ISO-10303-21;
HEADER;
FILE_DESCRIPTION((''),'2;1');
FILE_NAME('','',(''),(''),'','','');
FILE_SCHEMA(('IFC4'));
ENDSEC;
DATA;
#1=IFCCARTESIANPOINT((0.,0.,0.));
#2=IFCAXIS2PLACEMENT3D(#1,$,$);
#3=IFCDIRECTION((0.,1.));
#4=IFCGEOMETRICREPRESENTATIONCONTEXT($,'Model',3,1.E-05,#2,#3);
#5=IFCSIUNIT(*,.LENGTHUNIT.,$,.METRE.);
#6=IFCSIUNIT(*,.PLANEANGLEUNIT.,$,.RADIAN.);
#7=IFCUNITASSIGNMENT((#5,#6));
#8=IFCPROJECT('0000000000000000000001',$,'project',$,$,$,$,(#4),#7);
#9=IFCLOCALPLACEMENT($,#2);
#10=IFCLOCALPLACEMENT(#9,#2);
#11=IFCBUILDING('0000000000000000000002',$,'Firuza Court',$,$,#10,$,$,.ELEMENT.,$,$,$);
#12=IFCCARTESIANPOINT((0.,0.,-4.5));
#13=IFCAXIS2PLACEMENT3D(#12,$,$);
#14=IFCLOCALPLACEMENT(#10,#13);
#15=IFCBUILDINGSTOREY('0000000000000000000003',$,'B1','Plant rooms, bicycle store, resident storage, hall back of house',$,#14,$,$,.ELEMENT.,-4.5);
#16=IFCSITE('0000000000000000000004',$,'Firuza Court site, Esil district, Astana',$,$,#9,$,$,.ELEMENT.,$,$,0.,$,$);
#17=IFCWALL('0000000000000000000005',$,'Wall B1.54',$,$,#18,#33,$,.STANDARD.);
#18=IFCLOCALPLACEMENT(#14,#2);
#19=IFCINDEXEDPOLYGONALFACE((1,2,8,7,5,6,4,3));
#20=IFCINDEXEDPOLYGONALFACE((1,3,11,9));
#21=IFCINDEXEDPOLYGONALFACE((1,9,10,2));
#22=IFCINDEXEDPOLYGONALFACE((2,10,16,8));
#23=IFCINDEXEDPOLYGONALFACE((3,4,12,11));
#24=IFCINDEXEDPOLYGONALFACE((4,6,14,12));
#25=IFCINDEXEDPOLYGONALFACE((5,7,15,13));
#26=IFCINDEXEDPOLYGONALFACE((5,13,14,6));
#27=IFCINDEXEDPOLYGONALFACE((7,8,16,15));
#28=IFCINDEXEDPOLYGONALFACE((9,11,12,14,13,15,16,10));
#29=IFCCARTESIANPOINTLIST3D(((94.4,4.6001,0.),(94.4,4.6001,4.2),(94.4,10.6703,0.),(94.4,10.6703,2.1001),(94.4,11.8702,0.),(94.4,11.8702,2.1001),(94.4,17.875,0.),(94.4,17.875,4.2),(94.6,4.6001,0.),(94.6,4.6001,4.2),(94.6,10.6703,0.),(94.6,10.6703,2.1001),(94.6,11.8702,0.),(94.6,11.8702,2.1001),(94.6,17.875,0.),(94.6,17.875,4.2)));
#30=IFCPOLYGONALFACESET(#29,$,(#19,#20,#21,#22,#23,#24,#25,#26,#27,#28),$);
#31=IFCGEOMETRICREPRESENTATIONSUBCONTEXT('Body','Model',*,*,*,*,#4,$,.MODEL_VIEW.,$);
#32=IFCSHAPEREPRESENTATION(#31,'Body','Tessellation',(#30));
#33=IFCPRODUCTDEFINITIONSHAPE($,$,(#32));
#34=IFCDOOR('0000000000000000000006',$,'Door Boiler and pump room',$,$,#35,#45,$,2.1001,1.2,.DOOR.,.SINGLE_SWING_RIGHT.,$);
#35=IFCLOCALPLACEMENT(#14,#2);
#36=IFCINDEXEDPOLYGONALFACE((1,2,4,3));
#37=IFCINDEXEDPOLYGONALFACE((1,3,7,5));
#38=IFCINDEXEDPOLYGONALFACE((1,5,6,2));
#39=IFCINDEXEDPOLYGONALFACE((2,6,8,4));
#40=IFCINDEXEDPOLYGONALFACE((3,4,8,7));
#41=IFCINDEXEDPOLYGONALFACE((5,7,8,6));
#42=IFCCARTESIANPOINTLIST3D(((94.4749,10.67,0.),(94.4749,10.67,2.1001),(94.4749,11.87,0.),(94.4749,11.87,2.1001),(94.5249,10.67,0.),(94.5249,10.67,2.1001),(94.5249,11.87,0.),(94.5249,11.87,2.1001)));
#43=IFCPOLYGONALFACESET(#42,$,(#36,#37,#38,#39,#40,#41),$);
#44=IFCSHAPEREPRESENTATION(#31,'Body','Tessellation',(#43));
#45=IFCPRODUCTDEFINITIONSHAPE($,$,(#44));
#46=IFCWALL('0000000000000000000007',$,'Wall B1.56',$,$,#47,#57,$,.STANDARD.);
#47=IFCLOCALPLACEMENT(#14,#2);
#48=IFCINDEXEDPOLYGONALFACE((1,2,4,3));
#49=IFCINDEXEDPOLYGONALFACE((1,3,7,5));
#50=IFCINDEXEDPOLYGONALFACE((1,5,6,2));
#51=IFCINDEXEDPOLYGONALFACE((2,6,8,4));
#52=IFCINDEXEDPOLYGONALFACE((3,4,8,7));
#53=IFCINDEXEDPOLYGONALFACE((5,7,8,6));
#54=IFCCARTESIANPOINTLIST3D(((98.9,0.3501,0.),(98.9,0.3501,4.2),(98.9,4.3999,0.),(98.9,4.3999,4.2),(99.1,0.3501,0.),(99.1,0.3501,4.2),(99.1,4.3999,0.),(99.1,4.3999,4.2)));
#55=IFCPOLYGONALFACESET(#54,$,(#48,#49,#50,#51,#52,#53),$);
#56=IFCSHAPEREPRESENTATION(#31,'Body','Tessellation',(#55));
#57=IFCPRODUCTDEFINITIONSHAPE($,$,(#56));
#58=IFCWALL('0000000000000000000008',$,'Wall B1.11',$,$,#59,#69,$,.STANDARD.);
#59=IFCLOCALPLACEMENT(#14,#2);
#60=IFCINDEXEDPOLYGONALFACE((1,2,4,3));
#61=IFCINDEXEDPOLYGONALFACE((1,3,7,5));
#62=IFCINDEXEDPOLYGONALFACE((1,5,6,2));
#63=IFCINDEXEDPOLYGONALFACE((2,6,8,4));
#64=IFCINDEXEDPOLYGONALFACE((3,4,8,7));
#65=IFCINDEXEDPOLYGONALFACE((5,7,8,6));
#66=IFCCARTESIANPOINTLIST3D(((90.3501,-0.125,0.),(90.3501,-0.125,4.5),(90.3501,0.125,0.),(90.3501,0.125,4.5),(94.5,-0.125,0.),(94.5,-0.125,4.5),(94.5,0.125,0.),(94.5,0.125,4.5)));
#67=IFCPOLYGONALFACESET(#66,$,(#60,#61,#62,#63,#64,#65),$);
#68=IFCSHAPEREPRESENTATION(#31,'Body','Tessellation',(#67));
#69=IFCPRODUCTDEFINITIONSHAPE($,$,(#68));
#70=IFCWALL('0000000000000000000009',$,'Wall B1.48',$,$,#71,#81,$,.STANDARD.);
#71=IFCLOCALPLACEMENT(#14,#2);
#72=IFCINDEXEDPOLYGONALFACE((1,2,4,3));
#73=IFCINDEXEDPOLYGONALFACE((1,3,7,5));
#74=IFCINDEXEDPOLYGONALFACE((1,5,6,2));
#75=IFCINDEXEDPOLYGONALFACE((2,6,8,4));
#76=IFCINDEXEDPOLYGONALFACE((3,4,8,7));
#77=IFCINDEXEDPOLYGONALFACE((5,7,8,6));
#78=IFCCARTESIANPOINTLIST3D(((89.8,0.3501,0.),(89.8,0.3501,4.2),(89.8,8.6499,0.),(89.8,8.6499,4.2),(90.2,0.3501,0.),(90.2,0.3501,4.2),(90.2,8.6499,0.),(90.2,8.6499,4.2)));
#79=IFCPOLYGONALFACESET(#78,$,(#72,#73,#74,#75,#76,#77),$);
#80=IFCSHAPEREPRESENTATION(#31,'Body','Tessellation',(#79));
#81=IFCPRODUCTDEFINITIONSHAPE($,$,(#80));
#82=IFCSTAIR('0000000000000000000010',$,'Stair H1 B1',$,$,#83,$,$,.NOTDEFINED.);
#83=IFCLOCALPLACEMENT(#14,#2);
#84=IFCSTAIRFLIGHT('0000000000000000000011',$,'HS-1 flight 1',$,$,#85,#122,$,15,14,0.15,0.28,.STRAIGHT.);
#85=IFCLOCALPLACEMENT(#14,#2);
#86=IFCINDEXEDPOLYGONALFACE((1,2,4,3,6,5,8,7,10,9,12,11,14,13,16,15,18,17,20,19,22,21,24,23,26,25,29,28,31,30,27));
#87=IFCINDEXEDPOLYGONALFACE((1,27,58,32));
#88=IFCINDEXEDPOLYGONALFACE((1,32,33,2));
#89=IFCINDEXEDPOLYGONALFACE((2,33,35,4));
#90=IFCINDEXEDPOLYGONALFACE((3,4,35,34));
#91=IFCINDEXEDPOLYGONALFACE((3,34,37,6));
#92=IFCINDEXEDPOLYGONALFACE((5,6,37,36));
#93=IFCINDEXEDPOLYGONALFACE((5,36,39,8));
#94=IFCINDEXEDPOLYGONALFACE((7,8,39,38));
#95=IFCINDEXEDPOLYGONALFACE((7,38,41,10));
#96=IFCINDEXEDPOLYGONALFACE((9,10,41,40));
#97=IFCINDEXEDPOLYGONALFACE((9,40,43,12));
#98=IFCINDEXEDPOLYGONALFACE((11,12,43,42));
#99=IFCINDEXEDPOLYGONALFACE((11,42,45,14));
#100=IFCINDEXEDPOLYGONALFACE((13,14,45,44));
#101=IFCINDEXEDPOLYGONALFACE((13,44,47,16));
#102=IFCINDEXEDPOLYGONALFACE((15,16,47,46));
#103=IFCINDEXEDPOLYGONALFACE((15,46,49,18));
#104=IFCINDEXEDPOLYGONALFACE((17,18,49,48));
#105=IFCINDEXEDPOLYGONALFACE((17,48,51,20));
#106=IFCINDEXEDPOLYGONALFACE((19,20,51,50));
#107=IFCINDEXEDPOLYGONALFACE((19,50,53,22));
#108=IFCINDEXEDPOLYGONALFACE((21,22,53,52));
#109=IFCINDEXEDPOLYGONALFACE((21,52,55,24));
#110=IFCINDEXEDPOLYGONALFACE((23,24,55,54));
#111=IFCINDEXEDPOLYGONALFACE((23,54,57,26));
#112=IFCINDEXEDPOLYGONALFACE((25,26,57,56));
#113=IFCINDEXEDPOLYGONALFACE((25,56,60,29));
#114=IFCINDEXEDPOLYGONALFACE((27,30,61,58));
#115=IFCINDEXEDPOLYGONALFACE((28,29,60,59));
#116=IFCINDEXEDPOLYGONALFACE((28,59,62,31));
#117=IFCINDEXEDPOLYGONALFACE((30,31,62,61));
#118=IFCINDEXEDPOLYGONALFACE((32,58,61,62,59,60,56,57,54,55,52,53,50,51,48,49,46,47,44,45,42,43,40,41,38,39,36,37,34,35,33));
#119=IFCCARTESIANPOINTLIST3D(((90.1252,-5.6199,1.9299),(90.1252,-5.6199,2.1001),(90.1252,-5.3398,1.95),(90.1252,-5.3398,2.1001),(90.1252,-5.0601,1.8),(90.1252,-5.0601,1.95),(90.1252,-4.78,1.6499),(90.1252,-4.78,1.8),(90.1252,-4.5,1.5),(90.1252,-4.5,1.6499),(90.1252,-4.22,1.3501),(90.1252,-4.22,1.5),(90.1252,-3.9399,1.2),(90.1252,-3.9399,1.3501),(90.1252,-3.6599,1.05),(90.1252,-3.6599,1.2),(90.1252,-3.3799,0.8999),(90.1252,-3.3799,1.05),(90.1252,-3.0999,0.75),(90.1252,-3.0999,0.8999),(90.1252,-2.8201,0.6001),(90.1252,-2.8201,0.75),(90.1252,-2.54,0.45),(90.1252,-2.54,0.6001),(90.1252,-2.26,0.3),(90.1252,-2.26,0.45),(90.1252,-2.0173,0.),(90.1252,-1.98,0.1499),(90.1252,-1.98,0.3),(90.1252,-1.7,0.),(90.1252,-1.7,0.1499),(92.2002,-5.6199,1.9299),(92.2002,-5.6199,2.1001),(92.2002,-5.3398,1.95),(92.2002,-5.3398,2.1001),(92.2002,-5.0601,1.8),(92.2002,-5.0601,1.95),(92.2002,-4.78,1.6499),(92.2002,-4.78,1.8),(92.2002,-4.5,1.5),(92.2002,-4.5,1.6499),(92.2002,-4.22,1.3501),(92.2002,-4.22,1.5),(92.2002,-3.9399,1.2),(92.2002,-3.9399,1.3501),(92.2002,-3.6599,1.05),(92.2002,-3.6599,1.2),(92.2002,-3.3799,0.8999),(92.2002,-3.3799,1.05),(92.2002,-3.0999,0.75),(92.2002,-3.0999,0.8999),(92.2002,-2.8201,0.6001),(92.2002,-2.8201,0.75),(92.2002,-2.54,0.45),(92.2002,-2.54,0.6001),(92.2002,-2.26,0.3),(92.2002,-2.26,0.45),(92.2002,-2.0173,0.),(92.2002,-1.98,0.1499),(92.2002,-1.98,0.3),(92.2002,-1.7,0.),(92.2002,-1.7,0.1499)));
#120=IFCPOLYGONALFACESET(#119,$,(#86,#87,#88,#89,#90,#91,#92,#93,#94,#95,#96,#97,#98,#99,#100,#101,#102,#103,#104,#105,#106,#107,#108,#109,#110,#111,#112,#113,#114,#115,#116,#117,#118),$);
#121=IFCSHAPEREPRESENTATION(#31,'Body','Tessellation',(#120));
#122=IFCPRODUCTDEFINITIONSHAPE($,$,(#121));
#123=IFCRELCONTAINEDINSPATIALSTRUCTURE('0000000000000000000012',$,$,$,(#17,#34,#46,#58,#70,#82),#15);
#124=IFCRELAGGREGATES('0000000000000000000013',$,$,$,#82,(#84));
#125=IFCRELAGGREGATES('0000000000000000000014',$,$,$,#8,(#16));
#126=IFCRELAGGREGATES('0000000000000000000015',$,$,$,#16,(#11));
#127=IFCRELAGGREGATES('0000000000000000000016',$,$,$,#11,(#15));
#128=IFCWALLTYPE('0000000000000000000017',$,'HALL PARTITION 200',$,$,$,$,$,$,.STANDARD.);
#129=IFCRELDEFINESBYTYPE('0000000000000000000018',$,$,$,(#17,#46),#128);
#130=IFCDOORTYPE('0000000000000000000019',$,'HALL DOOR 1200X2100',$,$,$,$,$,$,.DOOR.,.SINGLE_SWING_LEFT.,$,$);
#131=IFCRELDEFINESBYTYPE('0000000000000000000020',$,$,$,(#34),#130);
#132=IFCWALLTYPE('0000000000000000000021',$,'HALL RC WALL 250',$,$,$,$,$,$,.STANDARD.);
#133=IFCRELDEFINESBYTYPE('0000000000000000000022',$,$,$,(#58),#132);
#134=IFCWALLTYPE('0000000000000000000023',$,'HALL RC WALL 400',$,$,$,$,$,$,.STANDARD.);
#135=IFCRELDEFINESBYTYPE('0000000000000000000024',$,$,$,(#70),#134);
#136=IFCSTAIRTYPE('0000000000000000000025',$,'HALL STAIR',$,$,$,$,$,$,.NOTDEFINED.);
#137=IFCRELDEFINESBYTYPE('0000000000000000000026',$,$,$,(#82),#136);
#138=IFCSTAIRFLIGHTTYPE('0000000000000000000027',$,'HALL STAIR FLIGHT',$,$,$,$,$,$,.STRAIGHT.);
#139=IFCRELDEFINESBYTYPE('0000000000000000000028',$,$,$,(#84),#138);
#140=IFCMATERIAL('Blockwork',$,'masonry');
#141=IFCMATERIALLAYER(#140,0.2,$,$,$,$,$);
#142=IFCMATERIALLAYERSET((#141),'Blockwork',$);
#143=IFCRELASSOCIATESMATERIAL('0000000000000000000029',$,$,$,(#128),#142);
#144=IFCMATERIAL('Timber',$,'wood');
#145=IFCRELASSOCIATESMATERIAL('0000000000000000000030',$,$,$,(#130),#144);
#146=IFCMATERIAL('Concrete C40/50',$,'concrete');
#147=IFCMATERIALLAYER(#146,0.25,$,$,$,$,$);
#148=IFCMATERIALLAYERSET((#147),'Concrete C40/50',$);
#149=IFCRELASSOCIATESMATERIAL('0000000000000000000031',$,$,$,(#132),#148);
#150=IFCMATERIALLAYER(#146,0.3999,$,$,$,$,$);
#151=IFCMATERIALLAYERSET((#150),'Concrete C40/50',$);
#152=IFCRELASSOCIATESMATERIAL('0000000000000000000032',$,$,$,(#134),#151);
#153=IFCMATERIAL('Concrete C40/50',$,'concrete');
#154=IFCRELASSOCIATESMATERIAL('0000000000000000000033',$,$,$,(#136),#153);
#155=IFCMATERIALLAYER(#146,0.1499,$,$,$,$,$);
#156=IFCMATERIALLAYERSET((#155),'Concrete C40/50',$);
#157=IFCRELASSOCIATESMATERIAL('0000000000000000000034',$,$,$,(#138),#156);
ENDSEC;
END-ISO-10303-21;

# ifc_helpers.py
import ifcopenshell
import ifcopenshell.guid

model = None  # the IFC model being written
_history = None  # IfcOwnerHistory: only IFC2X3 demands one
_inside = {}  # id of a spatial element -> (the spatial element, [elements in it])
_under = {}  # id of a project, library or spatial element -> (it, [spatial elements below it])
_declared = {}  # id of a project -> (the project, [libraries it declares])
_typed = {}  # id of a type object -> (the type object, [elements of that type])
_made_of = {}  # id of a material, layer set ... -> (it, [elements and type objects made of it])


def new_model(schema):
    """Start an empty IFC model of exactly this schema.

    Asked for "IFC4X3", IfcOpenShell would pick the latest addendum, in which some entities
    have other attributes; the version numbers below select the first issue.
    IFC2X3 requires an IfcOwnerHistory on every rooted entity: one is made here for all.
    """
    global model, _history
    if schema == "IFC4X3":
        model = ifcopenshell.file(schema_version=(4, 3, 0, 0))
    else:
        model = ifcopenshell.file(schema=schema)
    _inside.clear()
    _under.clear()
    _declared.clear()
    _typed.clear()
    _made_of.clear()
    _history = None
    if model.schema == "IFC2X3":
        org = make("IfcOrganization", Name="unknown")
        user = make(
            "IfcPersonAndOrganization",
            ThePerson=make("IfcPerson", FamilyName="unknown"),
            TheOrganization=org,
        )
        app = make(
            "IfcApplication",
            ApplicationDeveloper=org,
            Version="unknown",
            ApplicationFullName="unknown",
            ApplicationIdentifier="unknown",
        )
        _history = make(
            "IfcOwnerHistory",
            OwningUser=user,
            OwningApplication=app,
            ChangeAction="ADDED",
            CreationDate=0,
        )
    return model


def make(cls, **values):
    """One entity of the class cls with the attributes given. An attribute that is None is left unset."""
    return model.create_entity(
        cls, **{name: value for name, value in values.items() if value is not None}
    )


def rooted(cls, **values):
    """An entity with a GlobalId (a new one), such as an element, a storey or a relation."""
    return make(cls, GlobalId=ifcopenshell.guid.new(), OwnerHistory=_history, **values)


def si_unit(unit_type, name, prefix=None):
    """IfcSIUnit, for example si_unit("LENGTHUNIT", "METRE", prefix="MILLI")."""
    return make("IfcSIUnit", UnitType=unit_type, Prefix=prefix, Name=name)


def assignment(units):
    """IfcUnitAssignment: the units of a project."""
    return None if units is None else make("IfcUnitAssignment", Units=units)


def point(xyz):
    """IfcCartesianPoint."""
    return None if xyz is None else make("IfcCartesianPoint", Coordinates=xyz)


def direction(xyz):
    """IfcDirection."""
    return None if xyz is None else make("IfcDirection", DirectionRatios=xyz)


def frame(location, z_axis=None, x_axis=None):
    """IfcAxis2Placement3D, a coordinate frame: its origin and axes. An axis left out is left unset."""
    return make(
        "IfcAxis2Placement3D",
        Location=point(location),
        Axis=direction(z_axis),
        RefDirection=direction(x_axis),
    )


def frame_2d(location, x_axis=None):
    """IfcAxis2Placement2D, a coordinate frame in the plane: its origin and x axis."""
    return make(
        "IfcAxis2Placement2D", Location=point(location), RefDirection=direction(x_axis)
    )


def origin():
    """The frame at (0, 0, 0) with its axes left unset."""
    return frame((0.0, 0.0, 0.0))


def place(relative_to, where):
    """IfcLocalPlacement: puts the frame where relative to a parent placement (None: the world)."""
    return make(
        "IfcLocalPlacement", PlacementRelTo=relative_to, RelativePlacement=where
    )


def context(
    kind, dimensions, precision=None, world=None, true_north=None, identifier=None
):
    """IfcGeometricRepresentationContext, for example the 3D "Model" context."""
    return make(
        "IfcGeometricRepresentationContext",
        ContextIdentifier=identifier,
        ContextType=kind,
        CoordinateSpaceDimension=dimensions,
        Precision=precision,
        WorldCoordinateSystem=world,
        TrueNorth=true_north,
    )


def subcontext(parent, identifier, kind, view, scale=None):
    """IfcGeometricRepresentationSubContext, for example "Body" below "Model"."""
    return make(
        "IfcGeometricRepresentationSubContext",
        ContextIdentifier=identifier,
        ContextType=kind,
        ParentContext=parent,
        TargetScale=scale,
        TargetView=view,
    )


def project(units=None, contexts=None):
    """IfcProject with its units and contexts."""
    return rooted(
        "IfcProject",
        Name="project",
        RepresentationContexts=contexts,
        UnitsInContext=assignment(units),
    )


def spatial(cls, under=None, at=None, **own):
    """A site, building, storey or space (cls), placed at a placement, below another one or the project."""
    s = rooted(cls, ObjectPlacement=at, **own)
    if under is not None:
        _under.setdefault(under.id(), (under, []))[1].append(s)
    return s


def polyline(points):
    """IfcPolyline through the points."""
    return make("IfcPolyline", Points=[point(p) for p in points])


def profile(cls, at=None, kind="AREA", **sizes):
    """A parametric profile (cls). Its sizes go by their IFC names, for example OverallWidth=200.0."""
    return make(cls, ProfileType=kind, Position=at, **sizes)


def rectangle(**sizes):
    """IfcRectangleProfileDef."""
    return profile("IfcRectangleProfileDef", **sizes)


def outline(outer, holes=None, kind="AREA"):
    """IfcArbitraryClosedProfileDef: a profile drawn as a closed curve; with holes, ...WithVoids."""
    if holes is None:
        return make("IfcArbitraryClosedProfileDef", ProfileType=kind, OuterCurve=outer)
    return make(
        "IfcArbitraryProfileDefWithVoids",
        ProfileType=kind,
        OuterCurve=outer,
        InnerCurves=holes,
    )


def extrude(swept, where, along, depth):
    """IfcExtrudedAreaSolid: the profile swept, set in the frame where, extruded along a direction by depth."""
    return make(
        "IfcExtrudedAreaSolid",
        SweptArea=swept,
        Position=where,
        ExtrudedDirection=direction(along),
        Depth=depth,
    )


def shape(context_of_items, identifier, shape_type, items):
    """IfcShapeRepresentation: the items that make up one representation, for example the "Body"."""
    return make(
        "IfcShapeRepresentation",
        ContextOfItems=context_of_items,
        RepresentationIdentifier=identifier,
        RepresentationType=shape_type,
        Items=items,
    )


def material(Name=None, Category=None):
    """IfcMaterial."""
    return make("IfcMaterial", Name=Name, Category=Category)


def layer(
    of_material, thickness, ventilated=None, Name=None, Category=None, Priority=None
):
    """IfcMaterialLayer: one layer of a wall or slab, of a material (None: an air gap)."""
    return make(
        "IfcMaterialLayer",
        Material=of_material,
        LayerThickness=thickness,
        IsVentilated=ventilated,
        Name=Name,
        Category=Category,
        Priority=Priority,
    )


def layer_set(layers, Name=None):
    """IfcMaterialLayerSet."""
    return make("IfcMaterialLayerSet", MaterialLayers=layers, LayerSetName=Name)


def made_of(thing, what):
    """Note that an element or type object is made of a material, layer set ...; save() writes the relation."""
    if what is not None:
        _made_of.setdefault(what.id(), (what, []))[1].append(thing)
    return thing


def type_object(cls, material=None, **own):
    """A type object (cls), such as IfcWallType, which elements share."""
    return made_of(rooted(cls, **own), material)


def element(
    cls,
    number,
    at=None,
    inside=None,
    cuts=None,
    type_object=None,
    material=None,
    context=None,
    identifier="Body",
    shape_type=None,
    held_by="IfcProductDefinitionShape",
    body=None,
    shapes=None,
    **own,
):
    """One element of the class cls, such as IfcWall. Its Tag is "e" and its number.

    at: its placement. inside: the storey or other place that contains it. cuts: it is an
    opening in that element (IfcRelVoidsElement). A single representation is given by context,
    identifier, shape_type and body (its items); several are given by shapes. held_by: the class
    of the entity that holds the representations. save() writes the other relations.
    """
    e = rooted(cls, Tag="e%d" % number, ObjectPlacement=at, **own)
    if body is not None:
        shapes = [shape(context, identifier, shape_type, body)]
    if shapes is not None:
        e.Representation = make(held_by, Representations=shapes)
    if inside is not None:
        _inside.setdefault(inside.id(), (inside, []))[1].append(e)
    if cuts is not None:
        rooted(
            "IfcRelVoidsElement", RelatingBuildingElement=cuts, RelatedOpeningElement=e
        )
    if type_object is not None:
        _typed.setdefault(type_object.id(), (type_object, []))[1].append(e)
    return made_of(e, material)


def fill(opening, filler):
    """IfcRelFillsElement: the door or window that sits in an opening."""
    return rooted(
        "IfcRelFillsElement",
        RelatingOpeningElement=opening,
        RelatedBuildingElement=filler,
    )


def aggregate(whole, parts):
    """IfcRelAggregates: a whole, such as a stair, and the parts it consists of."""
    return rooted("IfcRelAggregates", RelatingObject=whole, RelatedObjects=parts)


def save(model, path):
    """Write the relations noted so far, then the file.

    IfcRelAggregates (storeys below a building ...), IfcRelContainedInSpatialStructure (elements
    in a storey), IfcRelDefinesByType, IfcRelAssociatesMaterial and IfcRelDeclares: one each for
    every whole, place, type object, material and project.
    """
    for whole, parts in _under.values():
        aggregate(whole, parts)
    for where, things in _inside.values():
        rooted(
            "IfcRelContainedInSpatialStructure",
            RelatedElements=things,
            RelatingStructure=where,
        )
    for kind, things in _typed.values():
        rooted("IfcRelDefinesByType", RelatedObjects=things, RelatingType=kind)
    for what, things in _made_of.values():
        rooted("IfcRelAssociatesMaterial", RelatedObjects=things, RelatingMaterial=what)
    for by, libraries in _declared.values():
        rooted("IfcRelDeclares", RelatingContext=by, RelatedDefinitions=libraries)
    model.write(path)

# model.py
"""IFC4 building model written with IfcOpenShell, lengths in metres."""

from ifc_helpers import new_model, si_unit, direction, frame, frame_2d, origin, place, context, subcontext, project, spatial, polyline, rectangle, outline, extrude, material, layer, layer_set, type_object, element, fill, aggregate, save


model = new_model("IFC4")

# Units and contexts
model_context = context("Model", 3, precision=1e-05, world=origin(), true_north=direction((0.0, 1.0)))
body_context = subcontext(model_context, "Body", "Model", "MODEL_VIEW")
ifc_project = project(units=[si_unit("LENGTHUNIT", "METRE"), si_unit("PLANEANGLEUNIT", "RADIAN")], contexts=[model_context])

# Site, building, storey
site_placement = place(None, origin())
site = spatial("IfcSite", under=ifc_project, at=site_placement, Name="Firuza Court site, Esil district, Astana", CompositionType="ELEMENT", RefElevation=0.0)
building_placement = place(site_placement, origin())
building = spatial("IfcBuilding", under=site, at=building_placement, Name="Firuza Court", CompositionType="ELEMENT")
storey_placement = place(building_placement, frame((0.0, 0.0, -4.5)))
storey = spatial("IfcBuildingStorey", under=building, at=storey_placement, Name="B1", Description="Plant rooms, bicycle store, resident storage, hall back of house", CompositionType="ELEMENT", Elevation=-4.5)

# Shared definitions
ifc_material_1 = material(Name="Concrete C40/50", Category="concrete")

# Shared definitions
ifc_material_2 = material(Name="Blockwork", Category="masonry")
ifc_layer_1 = layer(ifc_material_2, 0.2)
ifc_layer_set_1 = layer_set([ifc_layer_1], Name="Blockwork")
wall_type_1 = type_object("IfcWallType", Name="HALL PARTITION 200", PredefinedType="STANDARD", material=ifc_layer_set_1)

# Wall, opening, door
wall_1_placement = place(storey_placement, frame((94.5, 4.6001, 0.0), z_axis=(0.0, 0.0, 1.0), x_axis=(0.0, 1.0, 0.0)))
wall_1 = element("IfcWall", 1, at=wall_1_placement, inside=storey, type_object=wall_type_1, Name="Wall B1.54", PredefinedType="STANDARD", context=body_context, shape_type="SweptSolid", body=[
    extrude(rectangle(XDim=13.2749, YDim=0.2, at=frame_2d((6.6375, 0.0))), origin(), (0.0, 0.0, 1.0), 4.2),
])
opening_placement = place(wall_1_placement, frame((6.0701, 0.0, 0.0)))
opening = element("IfcOpeningElement", 2, at=opening_placement, cuts=wall_1, PredefinedType="OPENING", context=body_context, shape_type="SweptSolid", body=[
    extrude(rectangle(XDim=1.2, YDim=2.1001, at=frame_2d((0.6001, 1.05))), frame((0.0, 0.1118, 0.0), z_axis=(0.0, -1.0, 0.0), x_axis=(1.0, 0.0, 0.0)), (0.0, 0.0, 1.0), 0.2239),
])
ifc_material_3 = material(Name="Timber", Category="wood")
door_type = type_object("IfcDoorType", Name="HALL DOOR 1200X2100", OperationType="SINGLE_SWING_LEFT", PredefinedType="DOOR", material=ifc_material_3)
door_placement = place(opening_placement, frame((1.2, 0.0, 0.0), z_axis=(0.0, 0.0, 1.0), x_axis=(-1.0, 0.0, 0.0)))
door = element("IfcDoor", 3, at=door_placement, inside=storey, type_object=door_type, Name="Door Boiler and pump room", OperationType="SINGLE_SWING_RIGHT", OverallHeight=2.1001, OverallWidth=1.2, PredefinedType="DOOR", context=body_context, shape_type="SweptSolid", body=[
    extrude(rectangle(XDim=1.2, YDim=2.1001, at=frame_2d((0.6001, 1.05))), frame((0.0, 0.0249, 0.0), z_axis=(0.0, -1.0, 0.0), x_axis=(1.0, 0.0, 0.0)), (0.0, 0.0, 1.0), 0.05),
])
fill(opening, door)

# Walls
wall_2_placement = place(storey_placement, frame((99.0, 0.3501, 0.0), z_axis=(0.0, 0.0, 1.0), x_axis=(0.0, 1.0, 0.0)))
element("IfcWall", 4, at=wall_2_placement, inside=storey, type_object=wall_type_1, Name="Wall B1.56", PredefinedType="STANDARD", context=body_context, shape_type="SweptSolid", body=[
    extrude(rectangle(XDim=4.0498, YDim=0.2, at=frame_2d((2.0249, 0.0))), origin(), (0.0, 0.0, 1.0), 4.2),
])
ifc_layer_2 = layer(ifc_material_1, 0.25)
ifc_layer_set_2 = layer_set([ifc_layer_2], Name="Concrete C40/50")
wall_type_2 = type_object("IfcWallType", Name="HALL RC WALL 250", PredefinedType="STANDARD", material=ifc_layer_set_2)
wall_3_placement = place(storey_placement, frame((90.3501, 0.0, 0.0), z_axis=(0.0, 0.0, 1.0), x_axis=(1.0, 0.0, 0.0)))
element("IfcWall", 5, at=wall_3_placement, inside=storey, type_object=wall_type_2, Name="Wall B1.11", PredefinedType="STANDARD", context=body_context, shape_type="SweptSolid", body=[
    extrude(rectangle(XDim=4.1499, YDim=0.25, at=frame_2d((2.075, 0.0))), origin(), (0.0, 0.0, 1.0), 4.5),
])
ifc_layer_3 = layer(ifc_material_1, 0.3999)
ifc_layer_set_3 = layer_set([ifc_layer_3], Name="Concrete C40/50")
wall_type_3 = type_object("IfcWallType", Name="HALL RC WALL 400", PredefinedType="STANDARD", material=ifc_layer_set_3)
wall_4_placement = place(storey_placement, frame((90.0, 0.3501, 0.0), z_axis=(0.0, 0.0, 1.0), x_axis=(0.0, 1.0, 0.0)))
element("IfcWall", 6, at=wall_4_placement, inside=storey, type_object=wall_type_3, Name="Wall B1.48", PredefinedType="STANDARD", context=body_context, shape_type="SweptSolid", body=[
    extrude(rectangle(XDim=8.2998, YDim=0.3999, at=frame_2d((4.1499, 0.0))), origin(), (0.0, 0.0, 1.0), 4.2),
])

# Stair, stair flight
ifc_material_4 = material(Name="Concrete C40/50", Category="concrete")
stair_type = type_object("IfcStairType", Name="HALL STAIR", PredefinedType="NOTDEFINED", material=ifc_material_4)
stair_placement = place(storey_placement, origin())
stair = element("IfcStair", 7, at=stair_placement, inside=storey, type_object=stair_type, Name="Stair H1 B1", PredefinedType="NOTDEFINED")
ifc_layer_4 = layer(ifc_material_1, 0.1499)
ifc_layer_set_4 = layer_set([ifc_layer_4], Name="Concrete C40/50")
stair_flight_type = type_object("IfcStairFlightType", Name="HALL STAIR FLIGHT", PredefinedType="STRAIGHT", material=ifc_layer_set_4)
stair_flight_placement = place(storey_placement, frame((91.1626, -1.7, 0.0), z_axis=(0.0, 0.0, 1.0), x_axis=(0.0, -1.0, 0.0)))
stair_flight = element("IfcStairFlight", 8, at=stair_flight_placement, type_object=stair_flight_type, Name="HS-1 flight 1", NumberOfRisers=15, NumberOfTreads=14, PredefinedType="STRAIGHT", RiserHeight=0.15, TreadLength=0.28, context=body_context, shape_type="SweptSolid", body=[
    extrude(outline(polyline([(0.0, 0.0), (0.0, 0.1499), (0.28, 0.1499), (0.28, 0.3), (0.5601, 0.3), (0.5601, 0.45), (0.8401, 0.45), (0.8401, 0.6001), (1.1201, 0.6001), (1.1201, 0.75), (1.3999, 0.75), (1.3999, 0.8999), (1.6799, 0.8999), (1.6799, 1.05), (1.96, 1.05), (1.96, 1.2), (2.24, 1.2), (2.24, 1.3501), (2.52, 1.3501), (2.52, 1.5), (2.8, 1.5), (2.8, 1.6499), (3.0801, 1.6499), (3.0801, 1.8), (3.3601, 1.8), (3.3601, 1.95), (3.6399, 1.95), (3.6399, 2.1001), (3.9199, 2.1001), (3.9199, 2.25), (3.9199, 1.9299), (0.3174, 0.0), (0.0, 0.0)])), frame((0.0, 1.0376, 0.0), z_axis=(0.0, -1.0, 0.0), x_axis=(1.0, 0.0, 0.0)), (0.0, 0.0, 1.0), 2.075),
])
aggregate(stair, [stair_flight])

save(model, "model.ifc")
